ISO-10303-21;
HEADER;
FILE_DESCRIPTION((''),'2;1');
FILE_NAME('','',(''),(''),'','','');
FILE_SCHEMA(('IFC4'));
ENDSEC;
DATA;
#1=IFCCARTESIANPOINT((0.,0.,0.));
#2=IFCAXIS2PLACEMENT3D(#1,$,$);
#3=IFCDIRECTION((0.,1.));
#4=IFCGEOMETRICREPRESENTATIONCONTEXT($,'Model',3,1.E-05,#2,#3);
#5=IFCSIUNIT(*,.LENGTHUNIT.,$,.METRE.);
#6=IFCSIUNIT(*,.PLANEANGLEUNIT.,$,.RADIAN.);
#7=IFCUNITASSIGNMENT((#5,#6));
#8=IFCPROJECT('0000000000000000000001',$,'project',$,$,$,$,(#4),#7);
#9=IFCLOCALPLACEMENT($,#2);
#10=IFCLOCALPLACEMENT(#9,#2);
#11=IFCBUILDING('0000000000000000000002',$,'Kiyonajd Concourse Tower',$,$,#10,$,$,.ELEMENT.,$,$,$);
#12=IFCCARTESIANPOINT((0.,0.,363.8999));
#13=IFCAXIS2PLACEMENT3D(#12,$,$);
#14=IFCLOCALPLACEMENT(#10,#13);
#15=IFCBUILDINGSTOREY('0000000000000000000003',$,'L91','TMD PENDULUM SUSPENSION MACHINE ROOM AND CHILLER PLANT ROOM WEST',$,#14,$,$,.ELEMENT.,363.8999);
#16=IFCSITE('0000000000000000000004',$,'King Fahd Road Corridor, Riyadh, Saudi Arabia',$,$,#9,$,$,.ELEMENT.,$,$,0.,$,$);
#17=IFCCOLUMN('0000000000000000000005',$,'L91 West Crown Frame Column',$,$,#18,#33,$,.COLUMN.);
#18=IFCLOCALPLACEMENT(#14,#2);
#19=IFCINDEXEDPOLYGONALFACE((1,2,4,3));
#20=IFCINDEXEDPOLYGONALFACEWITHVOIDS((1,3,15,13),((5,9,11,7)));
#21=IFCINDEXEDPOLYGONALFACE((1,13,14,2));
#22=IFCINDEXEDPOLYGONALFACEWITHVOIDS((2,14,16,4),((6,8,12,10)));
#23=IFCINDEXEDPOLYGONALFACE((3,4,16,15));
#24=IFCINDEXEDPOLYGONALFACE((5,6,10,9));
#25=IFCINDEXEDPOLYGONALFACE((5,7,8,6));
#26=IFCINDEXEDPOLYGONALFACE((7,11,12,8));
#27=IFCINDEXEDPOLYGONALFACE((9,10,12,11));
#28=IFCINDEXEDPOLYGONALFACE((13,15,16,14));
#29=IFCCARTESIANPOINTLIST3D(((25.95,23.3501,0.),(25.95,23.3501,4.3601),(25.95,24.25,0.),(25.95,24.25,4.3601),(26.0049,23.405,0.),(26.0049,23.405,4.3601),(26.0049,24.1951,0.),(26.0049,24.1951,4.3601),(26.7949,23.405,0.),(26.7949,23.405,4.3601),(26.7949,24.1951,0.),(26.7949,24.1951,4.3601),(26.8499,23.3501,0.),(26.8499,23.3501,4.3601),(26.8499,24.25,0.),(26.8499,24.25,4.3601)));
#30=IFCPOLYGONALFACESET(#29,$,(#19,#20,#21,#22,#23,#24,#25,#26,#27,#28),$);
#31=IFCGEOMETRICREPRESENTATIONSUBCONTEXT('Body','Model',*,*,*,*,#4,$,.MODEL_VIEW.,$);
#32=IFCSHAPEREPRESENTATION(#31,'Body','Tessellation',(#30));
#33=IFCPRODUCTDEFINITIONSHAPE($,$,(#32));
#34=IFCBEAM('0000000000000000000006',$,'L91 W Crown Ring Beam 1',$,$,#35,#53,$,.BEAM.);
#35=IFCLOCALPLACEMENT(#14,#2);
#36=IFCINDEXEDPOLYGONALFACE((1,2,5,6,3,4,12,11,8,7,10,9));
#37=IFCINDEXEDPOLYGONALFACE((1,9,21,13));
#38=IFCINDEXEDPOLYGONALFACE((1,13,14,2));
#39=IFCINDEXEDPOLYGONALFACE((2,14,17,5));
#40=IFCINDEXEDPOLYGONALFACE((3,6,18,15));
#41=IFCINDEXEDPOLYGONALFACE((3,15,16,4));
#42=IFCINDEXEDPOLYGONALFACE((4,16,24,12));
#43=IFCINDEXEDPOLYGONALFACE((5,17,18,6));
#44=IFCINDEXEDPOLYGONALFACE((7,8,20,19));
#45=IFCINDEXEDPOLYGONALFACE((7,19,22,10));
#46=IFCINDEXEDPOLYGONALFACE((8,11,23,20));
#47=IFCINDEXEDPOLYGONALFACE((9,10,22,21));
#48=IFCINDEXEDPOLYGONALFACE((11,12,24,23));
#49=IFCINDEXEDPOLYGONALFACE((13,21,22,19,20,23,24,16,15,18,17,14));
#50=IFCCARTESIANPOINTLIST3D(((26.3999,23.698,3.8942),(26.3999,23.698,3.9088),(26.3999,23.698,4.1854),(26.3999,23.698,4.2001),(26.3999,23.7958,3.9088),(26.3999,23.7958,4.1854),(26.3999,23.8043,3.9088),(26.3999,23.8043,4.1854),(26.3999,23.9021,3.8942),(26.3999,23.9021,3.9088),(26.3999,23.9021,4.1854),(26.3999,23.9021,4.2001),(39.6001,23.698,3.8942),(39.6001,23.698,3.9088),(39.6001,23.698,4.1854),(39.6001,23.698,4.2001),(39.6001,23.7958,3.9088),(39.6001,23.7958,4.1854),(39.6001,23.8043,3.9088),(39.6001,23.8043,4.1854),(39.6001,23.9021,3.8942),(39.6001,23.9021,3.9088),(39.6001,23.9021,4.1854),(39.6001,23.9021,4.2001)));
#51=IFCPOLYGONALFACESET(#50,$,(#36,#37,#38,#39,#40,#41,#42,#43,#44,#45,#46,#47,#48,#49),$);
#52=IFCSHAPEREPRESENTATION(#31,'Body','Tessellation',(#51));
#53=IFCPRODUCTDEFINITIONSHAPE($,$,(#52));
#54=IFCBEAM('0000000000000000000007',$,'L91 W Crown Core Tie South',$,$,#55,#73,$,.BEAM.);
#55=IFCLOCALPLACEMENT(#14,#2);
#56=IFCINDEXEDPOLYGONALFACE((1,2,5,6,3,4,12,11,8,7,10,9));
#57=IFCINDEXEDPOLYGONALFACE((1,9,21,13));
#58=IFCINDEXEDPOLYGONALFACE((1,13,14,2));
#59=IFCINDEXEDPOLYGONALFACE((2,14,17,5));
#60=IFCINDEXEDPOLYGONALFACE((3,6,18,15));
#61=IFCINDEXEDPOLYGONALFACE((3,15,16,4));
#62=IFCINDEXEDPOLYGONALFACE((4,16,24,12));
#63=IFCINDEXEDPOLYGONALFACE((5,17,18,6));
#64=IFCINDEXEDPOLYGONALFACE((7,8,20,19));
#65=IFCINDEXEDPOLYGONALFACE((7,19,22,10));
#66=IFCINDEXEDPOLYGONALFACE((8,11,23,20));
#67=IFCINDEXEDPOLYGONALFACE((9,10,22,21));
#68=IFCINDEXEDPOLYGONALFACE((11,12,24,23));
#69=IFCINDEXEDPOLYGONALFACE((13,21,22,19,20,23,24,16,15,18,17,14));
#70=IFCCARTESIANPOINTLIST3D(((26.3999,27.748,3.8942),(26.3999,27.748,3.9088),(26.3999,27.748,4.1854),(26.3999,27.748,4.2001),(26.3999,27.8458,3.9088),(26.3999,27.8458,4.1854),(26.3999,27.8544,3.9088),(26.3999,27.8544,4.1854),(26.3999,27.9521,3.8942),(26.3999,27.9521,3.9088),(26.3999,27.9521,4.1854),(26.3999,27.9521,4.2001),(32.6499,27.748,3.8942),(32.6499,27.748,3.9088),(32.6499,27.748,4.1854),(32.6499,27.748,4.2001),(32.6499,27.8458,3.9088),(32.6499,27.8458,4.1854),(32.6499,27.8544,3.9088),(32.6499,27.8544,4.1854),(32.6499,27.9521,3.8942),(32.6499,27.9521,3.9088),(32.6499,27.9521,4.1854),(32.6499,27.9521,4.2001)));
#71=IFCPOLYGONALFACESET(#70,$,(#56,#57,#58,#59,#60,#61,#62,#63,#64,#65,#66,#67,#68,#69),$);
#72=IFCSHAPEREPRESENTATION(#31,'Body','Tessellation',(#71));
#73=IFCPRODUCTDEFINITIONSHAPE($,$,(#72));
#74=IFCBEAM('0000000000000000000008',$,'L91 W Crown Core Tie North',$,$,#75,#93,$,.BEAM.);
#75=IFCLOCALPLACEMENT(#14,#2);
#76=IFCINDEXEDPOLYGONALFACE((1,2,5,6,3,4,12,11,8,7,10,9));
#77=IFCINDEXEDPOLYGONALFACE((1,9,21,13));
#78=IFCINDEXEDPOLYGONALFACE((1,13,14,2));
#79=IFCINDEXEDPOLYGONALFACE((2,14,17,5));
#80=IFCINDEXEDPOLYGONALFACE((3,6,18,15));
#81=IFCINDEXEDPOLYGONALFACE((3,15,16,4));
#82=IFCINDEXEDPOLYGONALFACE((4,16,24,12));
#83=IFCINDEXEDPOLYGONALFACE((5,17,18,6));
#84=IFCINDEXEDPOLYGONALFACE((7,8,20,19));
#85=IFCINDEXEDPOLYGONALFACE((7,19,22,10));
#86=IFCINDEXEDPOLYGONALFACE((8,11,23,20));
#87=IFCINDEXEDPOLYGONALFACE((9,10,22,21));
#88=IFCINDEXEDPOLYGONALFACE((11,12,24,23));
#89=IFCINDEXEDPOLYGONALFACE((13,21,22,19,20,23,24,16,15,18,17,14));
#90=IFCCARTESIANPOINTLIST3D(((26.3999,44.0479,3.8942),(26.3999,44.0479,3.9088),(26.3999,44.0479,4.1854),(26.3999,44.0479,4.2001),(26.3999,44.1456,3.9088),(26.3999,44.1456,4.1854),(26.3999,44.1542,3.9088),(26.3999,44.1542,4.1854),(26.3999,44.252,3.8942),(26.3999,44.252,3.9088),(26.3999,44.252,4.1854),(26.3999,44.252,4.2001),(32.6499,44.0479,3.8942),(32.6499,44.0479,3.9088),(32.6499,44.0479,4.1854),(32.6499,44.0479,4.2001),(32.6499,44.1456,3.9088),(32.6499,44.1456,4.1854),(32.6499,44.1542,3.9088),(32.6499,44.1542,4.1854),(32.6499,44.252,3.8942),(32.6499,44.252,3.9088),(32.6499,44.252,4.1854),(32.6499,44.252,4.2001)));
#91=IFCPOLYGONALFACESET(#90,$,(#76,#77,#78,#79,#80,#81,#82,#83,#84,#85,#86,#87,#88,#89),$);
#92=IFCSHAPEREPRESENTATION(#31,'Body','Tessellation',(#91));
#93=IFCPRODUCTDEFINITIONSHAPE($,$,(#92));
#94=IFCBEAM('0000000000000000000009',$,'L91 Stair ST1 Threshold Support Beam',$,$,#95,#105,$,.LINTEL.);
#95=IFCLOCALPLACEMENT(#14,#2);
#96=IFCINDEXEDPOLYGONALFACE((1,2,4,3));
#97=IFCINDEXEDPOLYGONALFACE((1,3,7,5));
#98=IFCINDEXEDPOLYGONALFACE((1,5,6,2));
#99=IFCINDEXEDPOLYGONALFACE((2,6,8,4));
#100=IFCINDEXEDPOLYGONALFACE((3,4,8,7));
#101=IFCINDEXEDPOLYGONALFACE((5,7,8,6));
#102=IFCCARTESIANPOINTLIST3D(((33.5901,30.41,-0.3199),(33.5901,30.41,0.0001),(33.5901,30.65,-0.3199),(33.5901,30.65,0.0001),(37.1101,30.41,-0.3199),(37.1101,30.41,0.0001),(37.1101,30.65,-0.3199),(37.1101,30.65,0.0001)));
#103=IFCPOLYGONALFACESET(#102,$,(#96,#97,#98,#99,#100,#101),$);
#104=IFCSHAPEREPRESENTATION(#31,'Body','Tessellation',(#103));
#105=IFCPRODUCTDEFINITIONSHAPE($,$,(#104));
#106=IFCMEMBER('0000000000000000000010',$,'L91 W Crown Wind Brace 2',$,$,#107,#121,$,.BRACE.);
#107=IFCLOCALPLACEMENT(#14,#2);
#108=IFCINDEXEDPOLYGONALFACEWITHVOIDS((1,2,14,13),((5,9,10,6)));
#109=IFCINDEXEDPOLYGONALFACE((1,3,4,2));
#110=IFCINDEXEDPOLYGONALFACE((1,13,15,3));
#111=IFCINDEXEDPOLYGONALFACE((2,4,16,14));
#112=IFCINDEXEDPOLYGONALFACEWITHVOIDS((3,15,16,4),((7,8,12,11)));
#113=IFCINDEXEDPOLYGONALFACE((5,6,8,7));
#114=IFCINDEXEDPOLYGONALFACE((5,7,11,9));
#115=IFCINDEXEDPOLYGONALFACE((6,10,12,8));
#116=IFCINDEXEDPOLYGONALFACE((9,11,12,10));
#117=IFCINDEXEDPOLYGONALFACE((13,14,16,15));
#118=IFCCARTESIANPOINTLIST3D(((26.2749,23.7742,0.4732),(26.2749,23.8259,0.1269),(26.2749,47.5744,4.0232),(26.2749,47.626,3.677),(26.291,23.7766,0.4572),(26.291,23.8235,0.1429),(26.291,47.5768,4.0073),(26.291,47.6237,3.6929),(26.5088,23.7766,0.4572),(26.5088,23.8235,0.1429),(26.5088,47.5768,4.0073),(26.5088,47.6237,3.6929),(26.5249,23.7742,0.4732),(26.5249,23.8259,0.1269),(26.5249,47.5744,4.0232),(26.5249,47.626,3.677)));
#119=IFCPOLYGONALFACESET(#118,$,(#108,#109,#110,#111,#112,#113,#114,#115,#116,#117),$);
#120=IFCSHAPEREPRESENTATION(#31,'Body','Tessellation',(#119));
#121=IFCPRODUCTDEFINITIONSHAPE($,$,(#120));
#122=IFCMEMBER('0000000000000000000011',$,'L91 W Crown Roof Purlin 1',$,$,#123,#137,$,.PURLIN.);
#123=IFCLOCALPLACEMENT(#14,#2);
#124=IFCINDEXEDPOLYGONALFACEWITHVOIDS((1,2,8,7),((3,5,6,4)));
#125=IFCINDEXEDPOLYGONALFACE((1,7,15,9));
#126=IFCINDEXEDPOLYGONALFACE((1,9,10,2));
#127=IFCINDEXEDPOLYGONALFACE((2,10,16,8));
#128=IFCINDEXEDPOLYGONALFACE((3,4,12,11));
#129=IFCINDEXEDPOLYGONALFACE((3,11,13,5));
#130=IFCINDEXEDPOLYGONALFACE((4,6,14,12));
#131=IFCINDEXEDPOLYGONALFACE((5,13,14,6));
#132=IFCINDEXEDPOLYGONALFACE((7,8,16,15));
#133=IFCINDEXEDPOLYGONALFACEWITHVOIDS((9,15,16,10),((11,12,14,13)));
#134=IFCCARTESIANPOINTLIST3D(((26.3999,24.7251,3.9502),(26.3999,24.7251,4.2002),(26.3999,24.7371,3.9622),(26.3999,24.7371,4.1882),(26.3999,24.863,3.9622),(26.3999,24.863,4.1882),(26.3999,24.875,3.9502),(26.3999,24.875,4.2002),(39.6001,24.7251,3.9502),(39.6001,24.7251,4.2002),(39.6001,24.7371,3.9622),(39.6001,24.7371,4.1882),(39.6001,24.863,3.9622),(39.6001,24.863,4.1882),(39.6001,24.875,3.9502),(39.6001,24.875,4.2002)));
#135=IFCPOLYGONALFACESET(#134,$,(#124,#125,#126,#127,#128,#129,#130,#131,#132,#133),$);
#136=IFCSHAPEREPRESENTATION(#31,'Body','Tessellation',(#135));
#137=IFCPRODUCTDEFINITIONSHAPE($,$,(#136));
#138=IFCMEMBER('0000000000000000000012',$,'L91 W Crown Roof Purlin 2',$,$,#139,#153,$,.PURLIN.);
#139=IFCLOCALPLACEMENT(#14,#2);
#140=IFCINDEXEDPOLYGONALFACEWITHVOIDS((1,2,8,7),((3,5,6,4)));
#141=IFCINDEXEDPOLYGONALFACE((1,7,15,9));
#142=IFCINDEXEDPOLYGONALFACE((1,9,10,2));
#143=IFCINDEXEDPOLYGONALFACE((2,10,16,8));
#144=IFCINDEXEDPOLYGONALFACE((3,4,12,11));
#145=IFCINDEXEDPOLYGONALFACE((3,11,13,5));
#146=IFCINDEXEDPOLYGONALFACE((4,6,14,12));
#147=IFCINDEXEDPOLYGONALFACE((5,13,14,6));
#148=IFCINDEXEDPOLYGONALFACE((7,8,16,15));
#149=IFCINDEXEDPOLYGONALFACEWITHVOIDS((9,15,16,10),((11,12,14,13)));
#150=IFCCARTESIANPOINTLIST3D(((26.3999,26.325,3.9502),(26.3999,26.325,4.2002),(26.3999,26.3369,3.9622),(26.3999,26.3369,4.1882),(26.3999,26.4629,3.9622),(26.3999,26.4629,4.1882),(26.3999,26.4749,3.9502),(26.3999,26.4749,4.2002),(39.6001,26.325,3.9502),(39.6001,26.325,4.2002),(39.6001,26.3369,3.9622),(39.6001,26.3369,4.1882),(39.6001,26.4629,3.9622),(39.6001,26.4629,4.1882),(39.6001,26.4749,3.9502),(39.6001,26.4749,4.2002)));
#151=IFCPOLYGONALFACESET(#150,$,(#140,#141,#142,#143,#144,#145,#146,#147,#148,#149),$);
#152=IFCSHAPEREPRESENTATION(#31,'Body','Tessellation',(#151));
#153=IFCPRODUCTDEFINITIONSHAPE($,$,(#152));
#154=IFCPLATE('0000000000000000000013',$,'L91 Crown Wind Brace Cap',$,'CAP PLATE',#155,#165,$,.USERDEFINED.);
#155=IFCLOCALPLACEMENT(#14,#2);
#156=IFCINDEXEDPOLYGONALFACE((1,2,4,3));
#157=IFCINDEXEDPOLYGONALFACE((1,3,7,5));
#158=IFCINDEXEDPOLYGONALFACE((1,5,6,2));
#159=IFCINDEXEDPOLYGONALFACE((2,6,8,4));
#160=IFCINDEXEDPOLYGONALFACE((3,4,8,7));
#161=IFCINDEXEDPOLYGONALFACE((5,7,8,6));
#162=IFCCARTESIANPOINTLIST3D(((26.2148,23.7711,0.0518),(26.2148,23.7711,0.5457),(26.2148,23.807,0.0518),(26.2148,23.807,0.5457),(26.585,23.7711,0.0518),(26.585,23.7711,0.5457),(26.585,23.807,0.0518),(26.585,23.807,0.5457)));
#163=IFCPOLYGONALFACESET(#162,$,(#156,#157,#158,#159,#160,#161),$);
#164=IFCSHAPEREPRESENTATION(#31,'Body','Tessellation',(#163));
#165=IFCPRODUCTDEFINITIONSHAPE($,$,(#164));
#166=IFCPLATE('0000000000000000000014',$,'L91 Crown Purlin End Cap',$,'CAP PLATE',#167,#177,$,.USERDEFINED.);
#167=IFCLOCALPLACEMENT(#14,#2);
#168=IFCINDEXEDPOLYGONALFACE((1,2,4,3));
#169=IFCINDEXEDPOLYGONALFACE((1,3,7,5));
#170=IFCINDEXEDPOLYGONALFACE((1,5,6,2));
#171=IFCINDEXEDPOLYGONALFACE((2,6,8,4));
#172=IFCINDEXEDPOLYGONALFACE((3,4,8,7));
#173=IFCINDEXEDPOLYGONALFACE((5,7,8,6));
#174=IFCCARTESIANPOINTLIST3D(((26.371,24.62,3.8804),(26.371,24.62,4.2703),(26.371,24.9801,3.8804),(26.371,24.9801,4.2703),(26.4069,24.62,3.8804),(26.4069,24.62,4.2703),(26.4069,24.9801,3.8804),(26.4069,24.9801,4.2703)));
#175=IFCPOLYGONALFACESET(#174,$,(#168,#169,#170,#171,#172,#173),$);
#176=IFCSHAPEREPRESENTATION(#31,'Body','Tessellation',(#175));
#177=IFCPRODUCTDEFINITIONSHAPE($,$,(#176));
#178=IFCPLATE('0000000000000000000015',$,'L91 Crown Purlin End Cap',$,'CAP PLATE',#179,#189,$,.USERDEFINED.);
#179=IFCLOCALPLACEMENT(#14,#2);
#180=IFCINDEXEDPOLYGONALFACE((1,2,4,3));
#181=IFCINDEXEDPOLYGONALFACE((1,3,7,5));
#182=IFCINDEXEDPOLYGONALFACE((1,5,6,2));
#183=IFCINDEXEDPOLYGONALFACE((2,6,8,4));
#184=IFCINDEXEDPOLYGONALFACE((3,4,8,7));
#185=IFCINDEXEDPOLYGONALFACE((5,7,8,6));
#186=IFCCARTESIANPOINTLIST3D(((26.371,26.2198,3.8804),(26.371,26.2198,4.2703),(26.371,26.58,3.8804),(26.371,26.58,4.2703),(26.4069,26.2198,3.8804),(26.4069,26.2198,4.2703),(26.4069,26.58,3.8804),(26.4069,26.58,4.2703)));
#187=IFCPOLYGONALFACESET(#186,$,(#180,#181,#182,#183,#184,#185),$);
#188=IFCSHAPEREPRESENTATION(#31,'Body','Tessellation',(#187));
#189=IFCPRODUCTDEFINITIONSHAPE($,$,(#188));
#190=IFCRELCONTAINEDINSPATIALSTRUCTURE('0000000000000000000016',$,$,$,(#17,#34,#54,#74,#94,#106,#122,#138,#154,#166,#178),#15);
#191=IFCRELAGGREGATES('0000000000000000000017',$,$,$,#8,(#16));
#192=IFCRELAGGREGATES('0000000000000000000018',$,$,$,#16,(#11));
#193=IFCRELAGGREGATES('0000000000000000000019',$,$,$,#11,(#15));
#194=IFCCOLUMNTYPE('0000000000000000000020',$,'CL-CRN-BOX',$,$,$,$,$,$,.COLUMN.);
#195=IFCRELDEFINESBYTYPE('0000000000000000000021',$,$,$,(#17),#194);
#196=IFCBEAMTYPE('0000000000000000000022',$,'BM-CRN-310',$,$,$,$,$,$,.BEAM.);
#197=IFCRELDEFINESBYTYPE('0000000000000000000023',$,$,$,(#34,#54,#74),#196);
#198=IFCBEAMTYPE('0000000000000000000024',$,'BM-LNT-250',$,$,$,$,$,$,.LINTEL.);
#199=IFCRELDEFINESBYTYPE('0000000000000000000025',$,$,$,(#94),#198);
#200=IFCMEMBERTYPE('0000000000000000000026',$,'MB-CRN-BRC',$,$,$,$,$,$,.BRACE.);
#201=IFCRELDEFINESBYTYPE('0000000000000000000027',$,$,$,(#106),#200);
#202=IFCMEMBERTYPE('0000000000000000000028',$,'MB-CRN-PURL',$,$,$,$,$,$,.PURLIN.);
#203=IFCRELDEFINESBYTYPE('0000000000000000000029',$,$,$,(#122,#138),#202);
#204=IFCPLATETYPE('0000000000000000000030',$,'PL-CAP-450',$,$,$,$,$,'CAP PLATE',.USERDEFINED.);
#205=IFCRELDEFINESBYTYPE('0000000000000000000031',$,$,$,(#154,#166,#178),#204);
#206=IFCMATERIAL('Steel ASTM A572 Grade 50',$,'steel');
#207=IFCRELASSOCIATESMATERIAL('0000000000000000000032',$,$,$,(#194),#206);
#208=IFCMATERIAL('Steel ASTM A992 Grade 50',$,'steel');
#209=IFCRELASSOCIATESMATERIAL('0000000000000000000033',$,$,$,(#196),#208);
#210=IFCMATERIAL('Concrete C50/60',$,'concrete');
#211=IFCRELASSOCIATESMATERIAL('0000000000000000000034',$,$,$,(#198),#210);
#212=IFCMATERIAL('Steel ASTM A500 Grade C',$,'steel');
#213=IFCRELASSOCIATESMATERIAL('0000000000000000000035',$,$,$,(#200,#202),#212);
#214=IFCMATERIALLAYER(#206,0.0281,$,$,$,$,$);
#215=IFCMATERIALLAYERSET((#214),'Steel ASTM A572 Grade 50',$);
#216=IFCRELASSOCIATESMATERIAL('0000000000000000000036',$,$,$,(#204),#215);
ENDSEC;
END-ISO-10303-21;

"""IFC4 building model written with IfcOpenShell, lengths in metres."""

from ifc_helpers import new_model, si_unit, direction, frame, origin, origin_2d, place, context, subcontext, project, spatial, rectangle, hollow_rectangle, i_section, extrude, material, layer, layer_set, material_profile, profile_set, type_object, element, save


model = new_model("IFC4")

# Units and contexts
model_context = context("Model", 3, precision=1e-05, world=origin(), true_north=direction((0.0, 1.0)))
body_context = subcontext(model_context, "Body", "Model", "MODEL_VIEW")
ifc_project = project(units=[si_unit("LENGTHUNIT", "METRE"), si_unit("PLANEANGLEUNIT", "RADIAN")], contexts=[model_context])

# Site, building, storey
site_placement = place(None, origin())
site = spatial("IfcSite", under=ifc_project, at=site_placement, Name="King Fahd Road Corridor, Riyadh, Saudi Arabia", CompositionType="ELEMENT", RefElevation=0.0)
building_placement = place(site_placement, origin())
building = spatial("IfcBuilding", under=site, at=building_placement, Name="Kiyonajd Concourse Tower", CompositionType="ELEMENT")
storey_placement = place(building_placement, frame((0.0, 0.0, 363.8999)))
storey = spatial("IfcBuildingStorey", under=building, at=storey_placement, Name="L91", Description="TMD PENDULUM SUSPENSION MACHINE ROOM AND CHILLER PLANT ROOM WEST", CompositionType="ELEMENT", Elevation=363.8999)

# Column
ifc_material_1 = material(Name="Steel ASTM A572 Grade 50", Category="steel")
ifc_material_profile_1 = material_profile(ifc_material_1, hollow_rectangle(XDim=0.8999, YDim=0.8999, WallThickness=0.0549, at=origin_2d()), Name="BOX-900x900x55")
ifc_profile_set_1 = profile_set([ifc_material_profile_1], Name="Steel ASTM A572 Grade 50")
column_type = type_object("IfcColumnType", Name="CL-CRN-BOX", PredefinedType="COLUMN", material=ifc_profile_set_1)
column_placement = place(storey_placement, frame((26.3999, 23.8, 0.0), z_axis=(0.0, 0.0, 1.0), x_axis=(1.0, 0.0, 0.0)))
element("IfcColumn", 1, at=column_placement, inside=storey, type_object=column_type, Name="L91 West Crown Frame Column", PredefinedType="COLUMN", context=body_context, shape_type="SweptSolid", body=[
    extrude(hollow_rectangle(XDim=0.8999, YDim=0.8999, WallThickness=0.0549, at=origin_2d()), origin(), (0.0, 0.0, 1.0), 4.3601),
])

# Beams
ifc_material_2 = material(Name="Steel ASTM A992 Grade 50", Category="steel")
ifc_material_profile_2 = material_profile(ifc_material_2, i_section(OverallWidth=0.2041, OverallDepth=0.3059, WebThickness=0.0085, FlangeThickness=0.0146, at=origin_2d()), Name="W310X67")
ifc_profile_set_2 = profile_set([ifc_material_profile_2], Name="Steel ASTM A992 Grade 50")
beam_type_1 = type_object("IfcBeamType", Name="BM-CRN-310", PredefinedType="BEAM", material=ifc_profile_set_2)
beam_1_placement = place(storey_placement, frame((26.3999, 23.8, 4.0471), z_axis=(1.0, 0.0, 0.0), x_axis=(0.0, 1.0, 0.0)))
element("IfcBeam", 2, at=beam_1_placement, inside=storey, type_object=beam_type_1, Name="L91 W Crown Ring Beam 1", PredefinedType="BEAM", context=body_context, shape_type="SweptSolid", body=[
    extrude(i_section(OverallWidth=0.2041, OverallDepth=0.3059, WebThickness=0.0085, FlangeThickness=0.0146, at=origin_2d()), origin(), (0.0, 0.0, 1.0), 13.2002),
])
for number, where, z_axis, x_axis, name in (
    (3, (26.3999, 27.8501, 4.0471), (1.0, 0.0, 0.0), (0.0, 1.0, 0.0), "L91 W Crown Core Tie South"),
    (4, (26.3999, 44.1499, 4.0471), (1.0, 0.0, 0.0), (0.0, 1.0, 0.0), "L91 W Crown Core Tie North"),
):
    element("IfcBeam", number, at=place(storey_placement, frame(where, z_axis=z_axis, x_axis=x_axis)), inside=storey, type_object=beam_type_1, Name=name, PredefinedType="BEAM", context=body_context, shape_type="SweptSolid", body=[
        extrude(i_section(OverallWidth=0.2041, OverallDepth=0.3059, WebThickness=0.0085, FlangeThickness=0.0146, at=origin_2d()), origin(), (0.0, 0.0, 1.0), 6.25),
    ])
ifc_material_3 = material(Name="Concrete C50/60", Category="concrete")
ifc_material_profile_3 = material_profile(ifc_material_3, rectangle(XDim=0.24, YDim=0.3201, at=origin_2d()), Name="RCBM-240x320")
ifc_profile_set_3 = profile_set([ifc_material_profile_3], Name="Concrete C50/60")
beam_type_2 = type_object("IfcBeamType", Name="BM-LNT-250", PredefinedType="LINTEL", material=ifc_profile_set_3)
beam_2_placement = place(storey_placement, frame((33.5901, 30.53, -0.1599), z_axis=(1.0, 0.0, 0.0), x_axis=(0.0, 1.0, 0.0)))
element("IfcBeam", 5, at=beam_2_placement, inside=storey, type_object=beam_type_2, Name="L91 Stair ST1 Threshold Support Beam", PredefinedType="LINTEL", context=body_context, shape_type="SweptSolid", body=[
    extrude(rectangle(XDim=0.24, YDim=0.3201, at=origin_2d()), origin(), (0.0, 0.0, 1.0), 3.52),
])

# Members
ifc_material_4 = material(Name="Steel ASTM A500 Grade C", Category="steel")
ifc_material_profile_4 = material_profile(ifc_material_4, hollow_rectangle(XDim=0.25, YDim=0.3501, WallThickness=0.0161, at=origin_2d()), Name="HSS-350x250x16")
ifc_profile_set_4 = profile_set([ifc_material_profile_4], Name="Steel ASTM A500 Grade C")
member_type_1 = type_object("IfcMemberType", Name="MB-CRN-BRC", PredefinedType="BRACE", material=ifc_profile_set_4)
member_placement = place(storey_placement, frame((26.3999, 23.8, 0.3), z_axis=(0.0, 0.989058, 0.147529), x_axis=(-1.0, 0.0, 0.0)))
element("IfcMember", 6, at=member_placement, inside=storey, type_object=member_type_1, Name="L91 W Crown Wind Brace 2", PredefinedType="BRACE", context=body_context, shape_type="SweptSolid", body=[
    extrude(hollow_rectangle(XDim=0.25, YDim=0.3501, WallThickness=0.0161, at=origin_2d()), origin(), (0.0, 0.0, 1.0), 24.0635),
])
ifc_material_profile_5 = material_profile(ifc_material_4, hollow_rectangle(XDim=0.1499, YDim=0.25, WallThickness=0.012, at=origin_2d()), Name="HSS-250x150x12")
ifc_profile_set_5 = profile_set([ifc_material_profile_5], Name="Steel ASTM A500 Grade C")
member_type_2 = type_object("IfcMemberType", Name="MB-CRN-PURL", PredefinedType="PURLIN", material=ifc_profile_set_5)
for number, where, z_axis, x_axis, name in (
    (7, (26.3999, 24.8, 4.0752), (1.0, 0.0, 0.0), (0.0, 1.0, 0.0), "L91 W Crown Roof Purlin 1"),
    (8, (26.3999, 26.3999, 4.0752), (1.0, 0.0, 0.0), (0.0, 1.0, 0.0), "L91 W Crown Roof Purlin 2"),
):
    element("IfcMember", number, at=place(storey_placement, frame(where, z_axis=z_axis, x_axis=x_axis)), inside=storey, type_object=member_type_2, Name=name, PredefinedType="PURLIN", context=body_context, shape_type="SweptSolid", body=[
        extrude(hollow_rectangle(XDim=0.1499, YDim=0.25, WallThickness=0.012, at=origin_2d()), origin(), (0.0, 0.0, 1.0), 13.2002),
    ])

# Plates
ifc_layer_1 = layer(ifc_material_1, 0.0281)
ifc_layer_set_1 = layer_set([ifc_layer_1], Name="Steel ASTM A572 Grade 50")
plate_type = type_object("IfcPlateType", Name="PL-CAP-450", ElementType="CAP PLATE", PredefinedType="USERDEFINED", material=ifc_layer_set_1)
plate_placement = place(storey_placement, frame((26.3999, 23.7891, 0.0518), z_axis=(0.0, 0.0, 1.0), x_axis=(0.0, -1.0, 0.0)))
element("IfcPlate", 9, at=plate_placement, inside=storey, type_object=plate_type, Name="L91 Crown Wind Brace Cap", ObjectType="CAP PLATE", PredefinedType="USERDEFINED", context=body_context, shape_type="SweptSolid", body=[
    extrude(rectangle(XDim=0.0359, YDim=0.3701, at=origin_2d()), origin(), (0.0, 0.0, 1.0), 0.4939),
])
for number, where, z_axis, x_axis, name in (
    (10, (26.3889, 24.8, 3.8804), (0.0, 0.0, 1.0), (-1.0, 0.0, 0.0), "L91 Crown Purlin End Cap"),
    (11, (26.3889, 26.3999, 3.8804), (0.0, 0.0, 1.0), (-1.0, 0.0, 0.0), "L91 Crown Purlin End Cap"),
):
    element("IfcPlate", number, at=place(storey_placement, frame(where, z_axis=z_axis, x_axis=x_axis)), inside=storey, type_object=plate_type, Name=name, ObjectType="CAP PLATE", PredefinedType="USERDEFINED", context=body_context, shape_type="SweptSolid", body=[
        extrude(rectangle(XDim=0.0359, YDim=0.3601, at=origin_2d()), origin(), (0.0, 0.0, 1.0), 0.3899),
    ])

save(model, "model.ifc")
